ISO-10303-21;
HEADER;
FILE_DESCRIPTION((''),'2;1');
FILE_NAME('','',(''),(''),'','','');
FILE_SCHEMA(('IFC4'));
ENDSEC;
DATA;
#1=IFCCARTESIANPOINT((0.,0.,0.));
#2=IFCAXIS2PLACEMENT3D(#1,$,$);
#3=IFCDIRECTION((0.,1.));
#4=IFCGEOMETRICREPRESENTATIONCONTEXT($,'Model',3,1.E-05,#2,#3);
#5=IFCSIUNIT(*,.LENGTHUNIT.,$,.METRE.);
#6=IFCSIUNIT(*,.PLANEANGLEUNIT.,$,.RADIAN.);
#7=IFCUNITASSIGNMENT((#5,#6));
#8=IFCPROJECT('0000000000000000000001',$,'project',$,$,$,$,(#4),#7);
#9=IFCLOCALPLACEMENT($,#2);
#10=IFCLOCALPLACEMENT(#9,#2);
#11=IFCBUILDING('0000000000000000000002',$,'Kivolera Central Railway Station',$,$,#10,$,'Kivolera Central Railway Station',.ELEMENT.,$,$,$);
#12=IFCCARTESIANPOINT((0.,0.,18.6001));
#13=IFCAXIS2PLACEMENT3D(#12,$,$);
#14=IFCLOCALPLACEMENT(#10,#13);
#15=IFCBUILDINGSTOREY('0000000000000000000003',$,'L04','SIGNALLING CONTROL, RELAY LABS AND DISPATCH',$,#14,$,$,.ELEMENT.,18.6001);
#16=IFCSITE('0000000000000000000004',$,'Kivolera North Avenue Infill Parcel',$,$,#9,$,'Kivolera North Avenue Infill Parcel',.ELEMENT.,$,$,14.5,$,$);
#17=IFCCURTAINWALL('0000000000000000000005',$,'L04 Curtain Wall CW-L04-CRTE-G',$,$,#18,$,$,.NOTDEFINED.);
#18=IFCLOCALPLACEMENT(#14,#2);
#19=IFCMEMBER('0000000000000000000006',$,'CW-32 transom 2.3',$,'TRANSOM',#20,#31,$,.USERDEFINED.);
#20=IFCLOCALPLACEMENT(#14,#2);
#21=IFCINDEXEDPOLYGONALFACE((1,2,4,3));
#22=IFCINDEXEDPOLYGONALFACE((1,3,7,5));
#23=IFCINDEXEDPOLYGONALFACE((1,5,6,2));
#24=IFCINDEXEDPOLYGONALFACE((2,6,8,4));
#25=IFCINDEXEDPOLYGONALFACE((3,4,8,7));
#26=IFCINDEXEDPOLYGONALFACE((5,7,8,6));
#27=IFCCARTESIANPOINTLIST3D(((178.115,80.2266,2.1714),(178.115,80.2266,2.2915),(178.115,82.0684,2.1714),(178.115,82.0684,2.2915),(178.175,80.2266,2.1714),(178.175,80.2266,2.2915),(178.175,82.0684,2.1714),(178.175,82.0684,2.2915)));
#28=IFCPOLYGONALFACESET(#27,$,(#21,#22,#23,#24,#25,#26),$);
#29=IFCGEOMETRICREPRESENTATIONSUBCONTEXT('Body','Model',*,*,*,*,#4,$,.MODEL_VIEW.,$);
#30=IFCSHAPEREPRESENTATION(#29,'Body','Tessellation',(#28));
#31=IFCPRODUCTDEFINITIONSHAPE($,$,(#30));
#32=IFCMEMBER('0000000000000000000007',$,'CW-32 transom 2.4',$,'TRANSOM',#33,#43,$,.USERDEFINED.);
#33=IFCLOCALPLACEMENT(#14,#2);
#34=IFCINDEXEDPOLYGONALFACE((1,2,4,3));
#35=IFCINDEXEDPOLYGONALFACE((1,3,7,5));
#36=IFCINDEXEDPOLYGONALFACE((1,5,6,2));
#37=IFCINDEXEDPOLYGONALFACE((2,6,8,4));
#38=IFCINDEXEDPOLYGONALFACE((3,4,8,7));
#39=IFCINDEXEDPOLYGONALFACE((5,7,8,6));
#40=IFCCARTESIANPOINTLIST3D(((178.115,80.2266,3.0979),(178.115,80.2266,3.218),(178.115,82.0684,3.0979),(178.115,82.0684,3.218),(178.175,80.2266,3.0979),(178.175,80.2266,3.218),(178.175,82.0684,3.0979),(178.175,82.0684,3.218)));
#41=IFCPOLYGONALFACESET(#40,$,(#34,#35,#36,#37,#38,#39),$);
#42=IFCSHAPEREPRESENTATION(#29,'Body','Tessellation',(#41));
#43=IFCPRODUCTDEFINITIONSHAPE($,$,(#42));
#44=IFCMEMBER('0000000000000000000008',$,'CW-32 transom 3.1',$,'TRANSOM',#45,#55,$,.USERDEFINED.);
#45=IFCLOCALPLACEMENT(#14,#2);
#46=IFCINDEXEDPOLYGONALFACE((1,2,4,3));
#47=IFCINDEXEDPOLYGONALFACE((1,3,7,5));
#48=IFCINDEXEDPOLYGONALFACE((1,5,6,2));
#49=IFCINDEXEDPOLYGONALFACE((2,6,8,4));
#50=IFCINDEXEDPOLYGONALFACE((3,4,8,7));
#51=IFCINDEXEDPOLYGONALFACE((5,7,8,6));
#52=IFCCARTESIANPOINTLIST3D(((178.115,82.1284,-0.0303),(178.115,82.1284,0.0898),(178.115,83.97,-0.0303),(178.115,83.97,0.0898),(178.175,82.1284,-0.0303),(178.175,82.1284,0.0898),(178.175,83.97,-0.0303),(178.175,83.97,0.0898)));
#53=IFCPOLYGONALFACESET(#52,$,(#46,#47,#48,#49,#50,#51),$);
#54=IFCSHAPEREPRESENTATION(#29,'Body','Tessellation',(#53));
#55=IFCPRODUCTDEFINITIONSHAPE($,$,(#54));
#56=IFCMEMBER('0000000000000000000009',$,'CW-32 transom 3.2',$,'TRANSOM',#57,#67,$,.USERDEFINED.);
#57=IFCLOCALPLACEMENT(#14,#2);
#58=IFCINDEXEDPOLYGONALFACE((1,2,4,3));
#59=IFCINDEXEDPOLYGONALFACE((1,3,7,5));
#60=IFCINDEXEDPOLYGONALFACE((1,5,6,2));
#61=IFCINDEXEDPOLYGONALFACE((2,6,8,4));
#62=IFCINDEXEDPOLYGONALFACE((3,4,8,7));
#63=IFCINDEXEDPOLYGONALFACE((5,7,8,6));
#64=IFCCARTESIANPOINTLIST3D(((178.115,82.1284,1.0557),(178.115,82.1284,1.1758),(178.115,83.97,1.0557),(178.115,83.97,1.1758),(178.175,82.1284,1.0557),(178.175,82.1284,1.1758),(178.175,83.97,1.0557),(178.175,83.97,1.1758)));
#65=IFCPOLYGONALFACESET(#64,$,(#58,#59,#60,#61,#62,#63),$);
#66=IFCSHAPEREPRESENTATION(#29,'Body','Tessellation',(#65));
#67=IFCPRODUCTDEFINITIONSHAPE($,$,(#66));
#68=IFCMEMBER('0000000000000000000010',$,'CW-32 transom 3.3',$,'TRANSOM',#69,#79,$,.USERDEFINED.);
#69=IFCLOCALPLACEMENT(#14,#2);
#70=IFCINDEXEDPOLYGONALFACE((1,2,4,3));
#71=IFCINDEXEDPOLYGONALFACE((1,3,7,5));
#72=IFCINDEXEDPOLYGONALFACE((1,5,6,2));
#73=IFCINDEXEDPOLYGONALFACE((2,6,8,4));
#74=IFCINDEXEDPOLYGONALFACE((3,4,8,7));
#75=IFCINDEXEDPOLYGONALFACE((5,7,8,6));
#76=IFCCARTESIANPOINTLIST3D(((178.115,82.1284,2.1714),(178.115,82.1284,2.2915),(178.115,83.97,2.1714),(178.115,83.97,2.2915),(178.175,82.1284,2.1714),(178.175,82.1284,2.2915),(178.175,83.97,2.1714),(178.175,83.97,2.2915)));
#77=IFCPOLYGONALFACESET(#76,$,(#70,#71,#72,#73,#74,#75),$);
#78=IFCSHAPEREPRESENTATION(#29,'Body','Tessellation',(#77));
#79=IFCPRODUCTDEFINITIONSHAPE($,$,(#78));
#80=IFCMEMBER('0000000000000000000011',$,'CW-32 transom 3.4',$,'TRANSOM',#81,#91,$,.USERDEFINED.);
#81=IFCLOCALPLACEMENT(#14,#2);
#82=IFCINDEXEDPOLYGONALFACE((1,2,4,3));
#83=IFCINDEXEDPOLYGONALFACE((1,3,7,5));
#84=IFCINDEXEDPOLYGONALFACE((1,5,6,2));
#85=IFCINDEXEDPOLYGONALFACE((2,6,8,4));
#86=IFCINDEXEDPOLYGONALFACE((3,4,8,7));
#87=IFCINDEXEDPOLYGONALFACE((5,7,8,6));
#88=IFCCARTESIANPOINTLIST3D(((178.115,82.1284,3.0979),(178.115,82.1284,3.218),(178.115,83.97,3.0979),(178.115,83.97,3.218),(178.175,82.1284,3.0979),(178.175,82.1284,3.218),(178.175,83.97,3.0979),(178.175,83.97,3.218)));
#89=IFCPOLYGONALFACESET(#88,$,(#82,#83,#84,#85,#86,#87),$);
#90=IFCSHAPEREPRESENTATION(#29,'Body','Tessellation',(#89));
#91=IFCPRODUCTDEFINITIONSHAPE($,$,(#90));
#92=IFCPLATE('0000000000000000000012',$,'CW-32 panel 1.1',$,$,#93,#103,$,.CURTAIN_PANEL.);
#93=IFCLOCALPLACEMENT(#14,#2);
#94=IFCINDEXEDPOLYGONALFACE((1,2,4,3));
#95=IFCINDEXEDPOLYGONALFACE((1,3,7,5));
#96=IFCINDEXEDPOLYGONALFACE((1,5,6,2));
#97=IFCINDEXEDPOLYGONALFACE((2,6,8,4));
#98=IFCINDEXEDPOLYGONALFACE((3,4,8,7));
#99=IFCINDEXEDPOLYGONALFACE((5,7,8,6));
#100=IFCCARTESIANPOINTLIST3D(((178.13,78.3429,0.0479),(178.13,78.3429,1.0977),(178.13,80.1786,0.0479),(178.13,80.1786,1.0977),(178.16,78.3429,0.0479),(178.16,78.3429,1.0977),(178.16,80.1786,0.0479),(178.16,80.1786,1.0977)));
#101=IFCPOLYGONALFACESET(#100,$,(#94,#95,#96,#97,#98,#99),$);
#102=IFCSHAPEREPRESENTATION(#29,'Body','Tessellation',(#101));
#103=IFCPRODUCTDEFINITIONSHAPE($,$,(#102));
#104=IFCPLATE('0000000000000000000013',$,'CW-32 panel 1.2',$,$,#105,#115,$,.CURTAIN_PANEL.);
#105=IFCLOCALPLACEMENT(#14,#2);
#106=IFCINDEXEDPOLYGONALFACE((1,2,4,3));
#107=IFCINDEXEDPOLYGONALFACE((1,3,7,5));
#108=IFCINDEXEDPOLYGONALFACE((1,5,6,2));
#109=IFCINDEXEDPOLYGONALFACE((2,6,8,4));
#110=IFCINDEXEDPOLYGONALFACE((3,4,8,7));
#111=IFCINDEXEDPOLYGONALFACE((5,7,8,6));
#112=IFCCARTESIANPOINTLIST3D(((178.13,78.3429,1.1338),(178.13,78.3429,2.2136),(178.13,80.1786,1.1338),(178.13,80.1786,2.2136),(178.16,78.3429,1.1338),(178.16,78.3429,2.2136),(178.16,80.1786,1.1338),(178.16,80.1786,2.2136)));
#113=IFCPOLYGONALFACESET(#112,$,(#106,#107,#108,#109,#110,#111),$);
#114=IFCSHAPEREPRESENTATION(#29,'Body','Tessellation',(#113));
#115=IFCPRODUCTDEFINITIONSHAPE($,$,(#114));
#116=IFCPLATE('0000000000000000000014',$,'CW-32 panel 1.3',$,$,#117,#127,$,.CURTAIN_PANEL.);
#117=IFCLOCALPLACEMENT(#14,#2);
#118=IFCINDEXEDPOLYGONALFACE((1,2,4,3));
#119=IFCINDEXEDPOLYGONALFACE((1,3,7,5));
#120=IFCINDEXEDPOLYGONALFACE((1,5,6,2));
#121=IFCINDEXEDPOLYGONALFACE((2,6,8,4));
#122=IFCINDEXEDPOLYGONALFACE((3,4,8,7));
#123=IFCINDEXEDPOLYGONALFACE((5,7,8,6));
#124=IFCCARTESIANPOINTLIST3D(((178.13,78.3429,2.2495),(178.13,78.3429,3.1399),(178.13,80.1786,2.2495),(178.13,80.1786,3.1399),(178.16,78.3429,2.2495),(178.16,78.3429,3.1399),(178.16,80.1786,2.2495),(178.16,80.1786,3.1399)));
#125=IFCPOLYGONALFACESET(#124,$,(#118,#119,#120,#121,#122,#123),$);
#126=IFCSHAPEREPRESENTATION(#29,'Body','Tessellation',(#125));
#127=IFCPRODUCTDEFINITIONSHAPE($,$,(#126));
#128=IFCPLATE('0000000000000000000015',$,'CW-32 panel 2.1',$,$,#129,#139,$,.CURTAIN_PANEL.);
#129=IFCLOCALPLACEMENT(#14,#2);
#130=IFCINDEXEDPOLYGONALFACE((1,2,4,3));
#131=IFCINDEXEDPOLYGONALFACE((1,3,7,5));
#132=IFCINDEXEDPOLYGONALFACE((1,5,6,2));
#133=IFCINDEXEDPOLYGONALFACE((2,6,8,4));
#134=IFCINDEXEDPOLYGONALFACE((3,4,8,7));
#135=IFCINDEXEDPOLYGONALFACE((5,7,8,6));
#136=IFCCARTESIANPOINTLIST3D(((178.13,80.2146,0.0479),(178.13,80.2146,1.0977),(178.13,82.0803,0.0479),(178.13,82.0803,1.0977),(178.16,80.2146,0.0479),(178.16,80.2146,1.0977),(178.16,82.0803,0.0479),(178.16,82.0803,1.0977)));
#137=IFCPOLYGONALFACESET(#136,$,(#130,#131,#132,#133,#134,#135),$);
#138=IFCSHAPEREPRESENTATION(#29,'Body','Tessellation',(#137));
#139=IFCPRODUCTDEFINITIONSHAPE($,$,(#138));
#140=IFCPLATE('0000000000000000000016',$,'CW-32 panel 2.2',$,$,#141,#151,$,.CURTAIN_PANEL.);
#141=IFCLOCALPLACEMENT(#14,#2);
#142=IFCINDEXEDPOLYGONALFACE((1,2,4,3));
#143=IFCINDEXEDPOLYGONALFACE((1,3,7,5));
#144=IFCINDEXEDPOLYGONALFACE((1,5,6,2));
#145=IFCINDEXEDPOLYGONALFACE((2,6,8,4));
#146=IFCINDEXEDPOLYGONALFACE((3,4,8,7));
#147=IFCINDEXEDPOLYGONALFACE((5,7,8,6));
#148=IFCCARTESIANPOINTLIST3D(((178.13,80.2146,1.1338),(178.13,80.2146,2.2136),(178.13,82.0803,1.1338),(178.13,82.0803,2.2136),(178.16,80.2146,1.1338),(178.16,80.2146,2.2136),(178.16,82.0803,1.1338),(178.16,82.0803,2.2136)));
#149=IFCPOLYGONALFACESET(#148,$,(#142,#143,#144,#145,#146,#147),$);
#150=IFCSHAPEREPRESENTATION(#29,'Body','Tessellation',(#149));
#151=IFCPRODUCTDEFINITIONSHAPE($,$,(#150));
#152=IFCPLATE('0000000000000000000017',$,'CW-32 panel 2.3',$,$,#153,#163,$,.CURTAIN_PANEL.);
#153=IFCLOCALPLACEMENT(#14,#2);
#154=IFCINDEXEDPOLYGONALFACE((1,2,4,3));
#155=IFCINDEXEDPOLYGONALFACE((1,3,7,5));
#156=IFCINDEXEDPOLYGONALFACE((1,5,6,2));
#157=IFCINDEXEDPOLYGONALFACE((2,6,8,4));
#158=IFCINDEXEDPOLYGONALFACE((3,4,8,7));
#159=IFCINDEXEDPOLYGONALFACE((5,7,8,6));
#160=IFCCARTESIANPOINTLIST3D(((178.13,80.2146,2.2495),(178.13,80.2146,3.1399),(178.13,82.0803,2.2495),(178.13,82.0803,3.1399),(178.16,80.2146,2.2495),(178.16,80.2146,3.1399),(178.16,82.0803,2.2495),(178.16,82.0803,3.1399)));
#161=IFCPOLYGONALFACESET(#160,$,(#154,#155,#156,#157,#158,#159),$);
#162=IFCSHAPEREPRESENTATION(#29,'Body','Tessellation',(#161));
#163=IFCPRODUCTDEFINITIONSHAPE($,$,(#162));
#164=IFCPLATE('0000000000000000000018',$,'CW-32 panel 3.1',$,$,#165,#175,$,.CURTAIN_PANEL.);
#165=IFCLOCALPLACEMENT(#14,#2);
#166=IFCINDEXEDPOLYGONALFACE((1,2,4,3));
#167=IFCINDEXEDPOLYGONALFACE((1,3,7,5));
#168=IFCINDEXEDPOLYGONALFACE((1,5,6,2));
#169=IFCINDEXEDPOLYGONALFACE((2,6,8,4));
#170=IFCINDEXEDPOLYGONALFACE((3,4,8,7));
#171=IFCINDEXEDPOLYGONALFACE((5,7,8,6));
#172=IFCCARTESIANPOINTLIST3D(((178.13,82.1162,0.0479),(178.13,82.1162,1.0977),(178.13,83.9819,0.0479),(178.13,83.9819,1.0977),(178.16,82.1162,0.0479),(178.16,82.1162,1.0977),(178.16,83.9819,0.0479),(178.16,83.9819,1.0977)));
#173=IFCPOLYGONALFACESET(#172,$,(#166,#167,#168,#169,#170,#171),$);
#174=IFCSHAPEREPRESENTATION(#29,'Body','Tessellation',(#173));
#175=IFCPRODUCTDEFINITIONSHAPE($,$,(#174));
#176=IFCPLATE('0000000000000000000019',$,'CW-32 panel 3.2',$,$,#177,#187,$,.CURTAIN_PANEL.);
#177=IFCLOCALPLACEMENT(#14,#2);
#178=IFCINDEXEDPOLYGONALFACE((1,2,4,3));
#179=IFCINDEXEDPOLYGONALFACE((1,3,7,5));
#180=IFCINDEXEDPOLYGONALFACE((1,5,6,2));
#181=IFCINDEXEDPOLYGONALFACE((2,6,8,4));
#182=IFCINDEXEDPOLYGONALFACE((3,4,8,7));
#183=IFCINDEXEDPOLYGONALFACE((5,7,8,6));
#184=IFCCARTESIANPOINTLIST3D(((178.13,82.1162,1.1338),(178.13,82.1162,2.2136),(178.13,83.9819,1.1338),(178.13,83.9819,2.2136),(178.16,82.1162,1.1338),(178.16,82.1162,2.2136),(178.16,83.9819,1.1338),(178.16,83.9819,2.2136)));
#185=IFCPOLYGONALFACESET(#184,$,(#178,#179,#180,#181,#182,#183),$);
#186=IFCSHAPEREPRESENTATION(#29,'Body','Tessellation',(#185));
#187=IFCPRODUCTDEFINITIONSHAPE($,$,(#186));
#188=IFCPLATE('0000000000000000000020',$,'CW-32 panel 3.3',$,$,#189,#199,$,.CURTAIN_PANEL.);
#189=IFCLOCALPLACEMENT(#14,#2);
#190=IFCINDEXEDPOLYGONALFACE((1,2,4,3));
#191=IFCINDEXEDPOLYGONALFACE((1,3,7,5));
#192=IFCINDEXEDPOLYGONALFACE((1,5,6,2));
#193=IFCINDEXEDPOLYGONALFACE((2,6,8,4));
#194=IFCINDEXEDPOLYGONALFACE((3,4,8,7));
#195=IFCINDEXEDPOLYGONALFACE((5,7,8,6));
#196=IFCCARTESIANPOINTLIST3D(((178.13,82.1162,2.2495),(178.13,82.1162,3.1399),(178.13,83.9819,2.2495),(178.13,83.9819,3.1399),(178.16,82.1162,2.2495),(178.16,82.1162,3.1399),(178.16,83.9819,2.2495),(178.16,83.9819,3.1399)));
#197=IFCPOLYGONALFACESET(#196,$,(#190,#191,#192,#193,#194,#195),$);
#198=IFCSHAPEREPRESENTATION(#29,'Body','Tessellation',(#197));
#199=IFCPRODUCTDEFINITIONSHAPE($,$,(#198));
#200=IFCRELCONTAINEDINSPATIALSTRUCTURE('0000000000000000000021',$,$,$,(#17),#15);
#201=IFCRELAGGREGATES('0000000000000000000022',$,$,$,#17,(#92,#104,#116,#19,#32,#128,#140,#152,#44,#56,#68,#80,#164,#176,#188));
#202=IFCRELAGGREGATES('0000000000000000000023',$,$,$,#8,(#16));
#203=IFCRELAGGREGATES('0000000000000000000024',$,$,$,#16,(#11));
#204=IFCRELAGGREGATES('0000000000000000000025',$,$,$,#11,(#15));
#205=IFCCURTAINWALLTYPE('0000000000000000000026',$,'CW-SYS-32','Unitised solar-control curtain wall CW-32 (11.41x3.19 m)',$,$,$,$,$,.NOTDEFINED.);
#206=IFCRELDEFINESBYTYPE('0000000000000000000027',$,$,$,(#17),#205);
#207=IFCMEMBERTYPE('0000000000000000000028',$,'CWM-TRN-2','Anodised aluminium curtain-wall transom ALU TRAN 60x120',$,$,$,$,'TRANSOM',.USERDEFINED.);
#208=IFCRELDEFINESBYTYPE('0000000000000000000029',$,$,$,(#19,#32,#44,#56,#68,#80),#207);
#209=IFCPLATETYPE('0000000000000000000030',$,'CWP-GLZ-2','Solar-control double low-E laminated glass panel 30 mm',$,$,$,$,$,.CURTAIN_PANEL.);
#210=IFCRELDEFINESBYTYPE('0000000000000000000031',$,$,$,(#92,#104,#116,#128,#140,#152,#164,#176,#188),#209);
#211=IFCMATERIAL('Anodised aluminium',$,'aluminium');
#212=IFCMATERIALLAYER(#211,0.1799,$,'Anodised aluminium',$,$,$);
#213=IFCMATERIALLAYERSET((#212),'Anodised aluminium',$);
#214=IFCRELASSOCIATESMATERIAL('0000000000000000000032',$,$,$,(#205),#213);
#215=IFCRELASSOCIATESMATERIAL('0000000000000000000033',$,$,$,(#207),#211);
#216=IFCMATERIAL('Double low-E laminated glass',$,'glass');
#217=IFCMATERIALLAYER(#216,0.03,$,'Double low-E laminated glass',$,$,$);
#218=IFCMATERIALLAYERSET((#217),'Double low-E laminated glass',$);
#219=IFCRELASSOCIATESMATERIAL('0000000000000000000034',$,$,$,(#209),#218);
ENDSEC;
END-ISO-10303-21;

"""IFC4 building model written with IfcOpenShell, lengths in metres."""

from ifc_helpers import new_model, si_unit, direction, frame, origin, origin_2d, place, context, subcontext, project, spatial, rectangle, extrude, material, layer, layer_set, material_profile, profile_set, type_object, element, aggregate, save


model = new_model("IFC4")

# Units and contexts
model_context = context("Model", 3, precision=1e-05, world=origin(), true_north=direction((0.0, 1.0)))
body_context = subcontext(model_context, "Body", "Model", "MODEL_VIEW")
ifc_project = project(units=[si_unit("LENGTHUNIT", "METRE"), si_unit("PLANEANGLEUNIT", "RADIAN")], contexts=[model_context])

# Site, building, storey
site_placement = place(None, origin())
site = spatial("IfcSite", under=ifc_project, at=site_placement, Name="Kivolera North Avenue Infill Parcel", LongName="Kivolera North Avenue Infill Parcel", CompositionType="ELEMENT", RefElevation=14.5)
building_placement = place(site_placement, origin())
building = spatial("IfcBuilding", under=site, at=building_placement, Name="Kivolera Central Railway Station", LongName="Kivolera Central Railway Station", CompositionType="ELEMENT")
storey_placement = place(building_placement, frame((0.0, 0.0, 18.6001)))
storey = spatial("IfcBuildingStorey", under=building, at=storey_placement, Name="L04", Description="SIGNALLING CONTROL, RELAY LABS AND DISPATCH", CompositionType="ELEMENT", Elevation=18.6001)

# Curtain wall, members, plates
ifc_material_1 = material(Name="Anodised aluminium", Category="aluminium")
ifc_layer_1 = layer(ifc_material_1, 0.1799, Name="Anodised aluminium")
ifc_layer_set_1 = layer_set([ifc_layer_1], Name="Anodised aluminium")
curtain_wall_type = type_object("IfcCurtainWallType", Name="CW-SYS-32", Description="Unitised solar-control curtain wall CW-32 (11.41x3.19 m)", PredefinedType="NOTDEFINED", material=ifc_layer_set_1)
curtain_wall_placement = place(storey_placement, origin())
curtain_wall = element("IfcCurtainWall", 1, at=curtain_wall_placement, inside=storey, type_object=curtain_wall_type, Name="L04 Curtain Wall CW-L04-CRTE-G", PredefinedType="NOTDEFINED")
ifc_material_profile_1 = material_profile(ifc_material_1, rectangle(XDim=0.0601, YDim=0.1201, at=origin_2d()), Name="ALU TRAN 60x120")
ifc_profile_set_1 = profile_set([ifc_material_profile_1], Name="Anodised aluminium")
member_type_1 = type_object("IfcMemberType", Name="CWM-TRN-2", Description="Anodised aluminium curtain-wall transom ALU TRAN 60x120", ElementType="TRANSOM", PredefinedType="USERDEFINED", material=ifc_profile_set_1)
member_1_placement = place(storey_placement, frame((178.145, 80.2266, 2.2314), z_axis=(0.0, 1.0, 0.0), x_axis=(-1.0, 0.0, 0.0)))
member_1 = element("IfcMember", 2, at=member_1_placement, type_object=member_type_1, Name="CW-32 transom 2.3", ObjectType="TRANSOM", PredefinedType="USERDEFINED", context=body_context, shape_type="SweptSolid", body=[
    extrude(rectangle(XDim=0.0601, YDim=0.1201, at=origin_2d()), origin(), (0.0, 0.0, 1.0), 1.8418),
])
member_2_placement = place(storey_placement, frame((178.145, 80.2266, 3.158), z_axis=(0.0, 1.0, 0.0), x_axis=(-1.0, 0.0, 0.0)))
member_2 = element("IfcMember", 3, at=member_2_placement, type_object=member_type_1, Name="CW-32 transom 2.4", ObjectType="TRANSOM", PredefinedType="USERDEFINED", context=body_context, shape_type="SweptSolid", body=[
    extrude(rectangle(XDim=0.0601, YDim=0.1201, at=origin_2d()), origin(), (0.0, 0.0, 1.0), 1.8418),
])
member_3_placement = place(storey_placement, frame((178.145, 82.1284, 0.0298), z_axis=(0.0, 1.0, 0.0), x_axis=(-1.0, 0.0, 0.0)))
member_3 = element("IfcMember", 4, at=member_3_placement, type_object=member_type_1, Name="CW-32 transom 3.1", ObjectType="TRANSOM", PredefinedType="USERDEFINED", context=body_context, shape_type="SweptSolid", body=[
    extrude(rectangle(XDim=0.0601, YDim=0.1201, at=origin_2d()), origin(), (0.0, 0.0, 1.0), 1.8416),
])
member_4_placement = place(storey_placement, frame((178.145, 82.1284, 1.1157), z_axis=(0.0, 1.0, 0.0), x_axis=(-1.0, 0.0, 0.0)))
member_4 = element("IfcMember", 5, at=member_4_placement, type_object=member_type_1, Name="CW-32 transom 3.2", ObjectType="TRANSOM", PredefinedType="USERDEFINED", context=body_context, shape_type="SweptSolid", body=[
    extrude(rectangle(XDim=0.0601, YDim=0.1201, at=origin_2d()), origin(), (0.0, 0.0, 1.0), 1.8416),
])
member_5_placement = place(storey_placement, frame((178.145, 82.1284, 2.2314), z_axis=(0.0, 1.0, 0.0), x_axis=(-1.0, 0.0, 0.0)))
member_5 = element("IfcMember", 6, at=member_5_placement, type_object=member_type_1, Name="CW-32 transom 3.3", ObjectType="TRANSOM", PredefinedType="USERDEFINED", context=body_context, shape_type="SweptSolid", body=[
    extrude(rectangle(XDim=0.0601, YDim=0.1201, at=origin_2d()), origin(), (0.0, 0.0, 1.0), 1.8416),
])
member_6_placement = place(storey_placement, frame((178.145, 82.1284, 3.158), z_axis=(0.0, 1.0, 0.0), x_axis=(-1.0, 0.0, 0.0)))
member_6 = element("IfcMember", 7, at=member_6_placement, type_object=member_type_1, Name="CW-32 transom 3.4", ObjectType="TRANSOM", PredefinedType="USERDEFINED", context=body_context, shape_type="SweptSolid", body=[
    extrude(rectangle(XDim=0.0601, YDim=0.1201, at=origin_2d()), origin(), (0.0, 0.0, 1.0), 1.8416),
])
ifc_material_2 = material(Name="Double low-E laminated glass", Category="glass")
ifc_layer_2 = layer(ifc_material_2, 0.03, Name="Double low-E laminated glass")
ifc_layer_set_2 = layer_set([ifc_layer_2], Name="Double low-E laminated glass")
plate_type = type_object("IfcPlateType", Name="CWP-GLZ-2", Description="Solar-control double low-E laminated glass panel 30 mm", PredefinedType="CURTAIN_PANEL", material=ifc_layer_set_2)
plate_1_placement = place(storey_placement, frame((178.145, 79.2607, 0.0479), z_axis=(0.0, 0.0, 1.0), x_axis=(0.0, 1.0, 0.0)))
plate_1 = element("IfcPlate", 8, at=plate_1_placement, type_object=plate_type, Name="CW-32 panel 1.1", PredefinedType="CURTAIN_PANEL", context=body_context, shape_type="SweptSolid", body=[
    extrude(rectangle(XDim=1.8357, YDim=0.03, at=origin_2d()), origin(), (0.0, 0.0, 1.0), 1.0498),
])
plate_2_placement = place(storey_placement, frame((178.145, 79.2607, 1.1338), z_axis=(0.0, 0.0, 1.0), x_axis=(0.0, 1.0, 0.0)))
plate_2 = element("IfcPlate", 9, at=plate_2_placement, type_object=plate_type, Name="CW-32 panel 1.2", PredefinedType="CURTAIN_PANEL", context=body_context, shape_type="SweptSolid", body=[
    extrude(rectangle(XDim=1.8357, YDim=0.03, at=origin_2d()), origin(), (0.0, 0.0, 1.0), 1.0798),
])
plate_3_placement = place(storey_placement, frame((178.145, 79.2607, 2.2495), z_axis=(0.0, 0.0, 1.0), x_axis=(0.0, 1.0, 0.0)))
plate_3 = element("IfcPlate", 10, at=plate_3_placement, type_object=plate_type, Name="CW-32 panel 1.3", PredefinedType="CURTAIN_PANEL", context=body_context, shape_type="SweptSolid", body=[
    extrude(rectangle(XDim=1.8357, YDim=0.03, at=origin_2d()), origin(), (0.0, 0.0, 1.0), 0.8904),
])
plate_4_placement = place(storey_placement, frame((178.145, 81.1475, 0.0479), z_axis=(0.0, 0.0, 1.0), x_axis=(0.0, 1.0, 0.0)))
plate_4 = element("IfcPlate", 11, at=plate_4_placement, type_object=plate_type, Name="CW-32 panel 2.1", PredefinedType="CURTAIN_PANEL", context=body_context, shape_type="SweptSolid", body=[
    extrude(rectangle(XDim=1.8657, YDim=0.03, at=origin_2d()), origin(), (0.0, 0.0, 1.0), 1.0498),
])
plate_5_placement = place(storey_placement, frame((178.145, 81.1475, 1.1338), z_axis=(0.0, 0.0, 1.0), x_axis=(0.0, 1.0, 0.0)))
plate_5 = element("IfcPlate", 12, at=plate_5_placement, type_object=plate_type, Name="CW-32 panel 2.2", PredefinedType="CURTAIN_PANEL", context=body_context, shape_type="SweptSolid", body=[
    extrude(rectangle(XDim=1.8657, YDim=0.03, at=origin_2d()), origin(), (0.0, 0.0, 1.0), 1.0798),
])
plate_6_placement = place(storey_placement, frame((178.145, 81.1475, 2.2495), z_axis=(0.0, 0.0, 1.0), x_axis=(0.0, 1.0, 0.0)))
plate_6 = element("IfcPlate", 13, at=plate_6_placement, type_object=plate_type, Name="CW-32 panel 2.3", PredefinedType="CURTAIN_PANEL", context=body_context, shape_type="SweptSolid", body=[
    extrude(rectangle(XDim=1.8657, YDim=0.03, at=origin_2d()), origin(), (0.0, 0.0, 1.0), 0.8904),
])
plate_7_placement = place(storey_placement, frame((178.145, 83.0491, 0.0479), z_axis=(0.0, 0.0, 1.0), x_axis=(0.0, 1.0, 0.0)))
plate_7 = element("IfcPlate", 14, at=plate_7_placement, type_object=plate_type, Name="CW-32 panel 3.1", PredefinedType="CURTAIN_PANEL", context=body_context, shape_type="SweptSolid", body=[
    extrude(rectangle(XDim=1.8657, YDim=0.03, at=origin_2d()), origin(), (0.0, 0.0, 1.0), 1.0498),
])
plate_8_placement = place(storey_placement, frame((178.145, 83.0491, 1.1338), z_axis=(0.0, 0.0, 1.0), x_axis=(0.0, 1.0, 0.0)))
plate_8 = element("IfcPlate", 15, at=plate_8_placement, type_object=plate_type, Name="CW-32 panel 3.2", PredefinedType="CURTAIN_PANEL", context=body_context, shape_type="SweptSolid", body=[
    extrude(rectangle(XDim=1.8657, YDim=0.03, at=origin_2d()), origin(), (0.0, 0.0, 1.0), 1.0798),
])
plate_9_placement = place(storey_placement, frame((178.145, 83.0491, 2.2495), z_axis=(0.0, 0.0, 1.0), x_axis=(0.0, 1.0, 0.0)))
plate_9 = element("IfcPlate", 16, at=plate_9_placement, type_object=plate_type, Name="CW-32 panel 3.3", PredefinedType="CURTAIN_PANEL", context=body_context, shape_type="SweptSolid", body=[
    extrude(rectangle(XDim=1.8657, YDim=0.03, at=origin_2d()), origin(), (0.0, 0.0, 1.0), 0.8904),
])
aggregate(curtain_wall, [plate_1, plate_2, plate_3, member_1, member_2, plate_4, plate_5, plate_6, member_3, member_4, member_5, member_6, plate_7, plate_8, plate_9])

save(model, "model.ifc")
